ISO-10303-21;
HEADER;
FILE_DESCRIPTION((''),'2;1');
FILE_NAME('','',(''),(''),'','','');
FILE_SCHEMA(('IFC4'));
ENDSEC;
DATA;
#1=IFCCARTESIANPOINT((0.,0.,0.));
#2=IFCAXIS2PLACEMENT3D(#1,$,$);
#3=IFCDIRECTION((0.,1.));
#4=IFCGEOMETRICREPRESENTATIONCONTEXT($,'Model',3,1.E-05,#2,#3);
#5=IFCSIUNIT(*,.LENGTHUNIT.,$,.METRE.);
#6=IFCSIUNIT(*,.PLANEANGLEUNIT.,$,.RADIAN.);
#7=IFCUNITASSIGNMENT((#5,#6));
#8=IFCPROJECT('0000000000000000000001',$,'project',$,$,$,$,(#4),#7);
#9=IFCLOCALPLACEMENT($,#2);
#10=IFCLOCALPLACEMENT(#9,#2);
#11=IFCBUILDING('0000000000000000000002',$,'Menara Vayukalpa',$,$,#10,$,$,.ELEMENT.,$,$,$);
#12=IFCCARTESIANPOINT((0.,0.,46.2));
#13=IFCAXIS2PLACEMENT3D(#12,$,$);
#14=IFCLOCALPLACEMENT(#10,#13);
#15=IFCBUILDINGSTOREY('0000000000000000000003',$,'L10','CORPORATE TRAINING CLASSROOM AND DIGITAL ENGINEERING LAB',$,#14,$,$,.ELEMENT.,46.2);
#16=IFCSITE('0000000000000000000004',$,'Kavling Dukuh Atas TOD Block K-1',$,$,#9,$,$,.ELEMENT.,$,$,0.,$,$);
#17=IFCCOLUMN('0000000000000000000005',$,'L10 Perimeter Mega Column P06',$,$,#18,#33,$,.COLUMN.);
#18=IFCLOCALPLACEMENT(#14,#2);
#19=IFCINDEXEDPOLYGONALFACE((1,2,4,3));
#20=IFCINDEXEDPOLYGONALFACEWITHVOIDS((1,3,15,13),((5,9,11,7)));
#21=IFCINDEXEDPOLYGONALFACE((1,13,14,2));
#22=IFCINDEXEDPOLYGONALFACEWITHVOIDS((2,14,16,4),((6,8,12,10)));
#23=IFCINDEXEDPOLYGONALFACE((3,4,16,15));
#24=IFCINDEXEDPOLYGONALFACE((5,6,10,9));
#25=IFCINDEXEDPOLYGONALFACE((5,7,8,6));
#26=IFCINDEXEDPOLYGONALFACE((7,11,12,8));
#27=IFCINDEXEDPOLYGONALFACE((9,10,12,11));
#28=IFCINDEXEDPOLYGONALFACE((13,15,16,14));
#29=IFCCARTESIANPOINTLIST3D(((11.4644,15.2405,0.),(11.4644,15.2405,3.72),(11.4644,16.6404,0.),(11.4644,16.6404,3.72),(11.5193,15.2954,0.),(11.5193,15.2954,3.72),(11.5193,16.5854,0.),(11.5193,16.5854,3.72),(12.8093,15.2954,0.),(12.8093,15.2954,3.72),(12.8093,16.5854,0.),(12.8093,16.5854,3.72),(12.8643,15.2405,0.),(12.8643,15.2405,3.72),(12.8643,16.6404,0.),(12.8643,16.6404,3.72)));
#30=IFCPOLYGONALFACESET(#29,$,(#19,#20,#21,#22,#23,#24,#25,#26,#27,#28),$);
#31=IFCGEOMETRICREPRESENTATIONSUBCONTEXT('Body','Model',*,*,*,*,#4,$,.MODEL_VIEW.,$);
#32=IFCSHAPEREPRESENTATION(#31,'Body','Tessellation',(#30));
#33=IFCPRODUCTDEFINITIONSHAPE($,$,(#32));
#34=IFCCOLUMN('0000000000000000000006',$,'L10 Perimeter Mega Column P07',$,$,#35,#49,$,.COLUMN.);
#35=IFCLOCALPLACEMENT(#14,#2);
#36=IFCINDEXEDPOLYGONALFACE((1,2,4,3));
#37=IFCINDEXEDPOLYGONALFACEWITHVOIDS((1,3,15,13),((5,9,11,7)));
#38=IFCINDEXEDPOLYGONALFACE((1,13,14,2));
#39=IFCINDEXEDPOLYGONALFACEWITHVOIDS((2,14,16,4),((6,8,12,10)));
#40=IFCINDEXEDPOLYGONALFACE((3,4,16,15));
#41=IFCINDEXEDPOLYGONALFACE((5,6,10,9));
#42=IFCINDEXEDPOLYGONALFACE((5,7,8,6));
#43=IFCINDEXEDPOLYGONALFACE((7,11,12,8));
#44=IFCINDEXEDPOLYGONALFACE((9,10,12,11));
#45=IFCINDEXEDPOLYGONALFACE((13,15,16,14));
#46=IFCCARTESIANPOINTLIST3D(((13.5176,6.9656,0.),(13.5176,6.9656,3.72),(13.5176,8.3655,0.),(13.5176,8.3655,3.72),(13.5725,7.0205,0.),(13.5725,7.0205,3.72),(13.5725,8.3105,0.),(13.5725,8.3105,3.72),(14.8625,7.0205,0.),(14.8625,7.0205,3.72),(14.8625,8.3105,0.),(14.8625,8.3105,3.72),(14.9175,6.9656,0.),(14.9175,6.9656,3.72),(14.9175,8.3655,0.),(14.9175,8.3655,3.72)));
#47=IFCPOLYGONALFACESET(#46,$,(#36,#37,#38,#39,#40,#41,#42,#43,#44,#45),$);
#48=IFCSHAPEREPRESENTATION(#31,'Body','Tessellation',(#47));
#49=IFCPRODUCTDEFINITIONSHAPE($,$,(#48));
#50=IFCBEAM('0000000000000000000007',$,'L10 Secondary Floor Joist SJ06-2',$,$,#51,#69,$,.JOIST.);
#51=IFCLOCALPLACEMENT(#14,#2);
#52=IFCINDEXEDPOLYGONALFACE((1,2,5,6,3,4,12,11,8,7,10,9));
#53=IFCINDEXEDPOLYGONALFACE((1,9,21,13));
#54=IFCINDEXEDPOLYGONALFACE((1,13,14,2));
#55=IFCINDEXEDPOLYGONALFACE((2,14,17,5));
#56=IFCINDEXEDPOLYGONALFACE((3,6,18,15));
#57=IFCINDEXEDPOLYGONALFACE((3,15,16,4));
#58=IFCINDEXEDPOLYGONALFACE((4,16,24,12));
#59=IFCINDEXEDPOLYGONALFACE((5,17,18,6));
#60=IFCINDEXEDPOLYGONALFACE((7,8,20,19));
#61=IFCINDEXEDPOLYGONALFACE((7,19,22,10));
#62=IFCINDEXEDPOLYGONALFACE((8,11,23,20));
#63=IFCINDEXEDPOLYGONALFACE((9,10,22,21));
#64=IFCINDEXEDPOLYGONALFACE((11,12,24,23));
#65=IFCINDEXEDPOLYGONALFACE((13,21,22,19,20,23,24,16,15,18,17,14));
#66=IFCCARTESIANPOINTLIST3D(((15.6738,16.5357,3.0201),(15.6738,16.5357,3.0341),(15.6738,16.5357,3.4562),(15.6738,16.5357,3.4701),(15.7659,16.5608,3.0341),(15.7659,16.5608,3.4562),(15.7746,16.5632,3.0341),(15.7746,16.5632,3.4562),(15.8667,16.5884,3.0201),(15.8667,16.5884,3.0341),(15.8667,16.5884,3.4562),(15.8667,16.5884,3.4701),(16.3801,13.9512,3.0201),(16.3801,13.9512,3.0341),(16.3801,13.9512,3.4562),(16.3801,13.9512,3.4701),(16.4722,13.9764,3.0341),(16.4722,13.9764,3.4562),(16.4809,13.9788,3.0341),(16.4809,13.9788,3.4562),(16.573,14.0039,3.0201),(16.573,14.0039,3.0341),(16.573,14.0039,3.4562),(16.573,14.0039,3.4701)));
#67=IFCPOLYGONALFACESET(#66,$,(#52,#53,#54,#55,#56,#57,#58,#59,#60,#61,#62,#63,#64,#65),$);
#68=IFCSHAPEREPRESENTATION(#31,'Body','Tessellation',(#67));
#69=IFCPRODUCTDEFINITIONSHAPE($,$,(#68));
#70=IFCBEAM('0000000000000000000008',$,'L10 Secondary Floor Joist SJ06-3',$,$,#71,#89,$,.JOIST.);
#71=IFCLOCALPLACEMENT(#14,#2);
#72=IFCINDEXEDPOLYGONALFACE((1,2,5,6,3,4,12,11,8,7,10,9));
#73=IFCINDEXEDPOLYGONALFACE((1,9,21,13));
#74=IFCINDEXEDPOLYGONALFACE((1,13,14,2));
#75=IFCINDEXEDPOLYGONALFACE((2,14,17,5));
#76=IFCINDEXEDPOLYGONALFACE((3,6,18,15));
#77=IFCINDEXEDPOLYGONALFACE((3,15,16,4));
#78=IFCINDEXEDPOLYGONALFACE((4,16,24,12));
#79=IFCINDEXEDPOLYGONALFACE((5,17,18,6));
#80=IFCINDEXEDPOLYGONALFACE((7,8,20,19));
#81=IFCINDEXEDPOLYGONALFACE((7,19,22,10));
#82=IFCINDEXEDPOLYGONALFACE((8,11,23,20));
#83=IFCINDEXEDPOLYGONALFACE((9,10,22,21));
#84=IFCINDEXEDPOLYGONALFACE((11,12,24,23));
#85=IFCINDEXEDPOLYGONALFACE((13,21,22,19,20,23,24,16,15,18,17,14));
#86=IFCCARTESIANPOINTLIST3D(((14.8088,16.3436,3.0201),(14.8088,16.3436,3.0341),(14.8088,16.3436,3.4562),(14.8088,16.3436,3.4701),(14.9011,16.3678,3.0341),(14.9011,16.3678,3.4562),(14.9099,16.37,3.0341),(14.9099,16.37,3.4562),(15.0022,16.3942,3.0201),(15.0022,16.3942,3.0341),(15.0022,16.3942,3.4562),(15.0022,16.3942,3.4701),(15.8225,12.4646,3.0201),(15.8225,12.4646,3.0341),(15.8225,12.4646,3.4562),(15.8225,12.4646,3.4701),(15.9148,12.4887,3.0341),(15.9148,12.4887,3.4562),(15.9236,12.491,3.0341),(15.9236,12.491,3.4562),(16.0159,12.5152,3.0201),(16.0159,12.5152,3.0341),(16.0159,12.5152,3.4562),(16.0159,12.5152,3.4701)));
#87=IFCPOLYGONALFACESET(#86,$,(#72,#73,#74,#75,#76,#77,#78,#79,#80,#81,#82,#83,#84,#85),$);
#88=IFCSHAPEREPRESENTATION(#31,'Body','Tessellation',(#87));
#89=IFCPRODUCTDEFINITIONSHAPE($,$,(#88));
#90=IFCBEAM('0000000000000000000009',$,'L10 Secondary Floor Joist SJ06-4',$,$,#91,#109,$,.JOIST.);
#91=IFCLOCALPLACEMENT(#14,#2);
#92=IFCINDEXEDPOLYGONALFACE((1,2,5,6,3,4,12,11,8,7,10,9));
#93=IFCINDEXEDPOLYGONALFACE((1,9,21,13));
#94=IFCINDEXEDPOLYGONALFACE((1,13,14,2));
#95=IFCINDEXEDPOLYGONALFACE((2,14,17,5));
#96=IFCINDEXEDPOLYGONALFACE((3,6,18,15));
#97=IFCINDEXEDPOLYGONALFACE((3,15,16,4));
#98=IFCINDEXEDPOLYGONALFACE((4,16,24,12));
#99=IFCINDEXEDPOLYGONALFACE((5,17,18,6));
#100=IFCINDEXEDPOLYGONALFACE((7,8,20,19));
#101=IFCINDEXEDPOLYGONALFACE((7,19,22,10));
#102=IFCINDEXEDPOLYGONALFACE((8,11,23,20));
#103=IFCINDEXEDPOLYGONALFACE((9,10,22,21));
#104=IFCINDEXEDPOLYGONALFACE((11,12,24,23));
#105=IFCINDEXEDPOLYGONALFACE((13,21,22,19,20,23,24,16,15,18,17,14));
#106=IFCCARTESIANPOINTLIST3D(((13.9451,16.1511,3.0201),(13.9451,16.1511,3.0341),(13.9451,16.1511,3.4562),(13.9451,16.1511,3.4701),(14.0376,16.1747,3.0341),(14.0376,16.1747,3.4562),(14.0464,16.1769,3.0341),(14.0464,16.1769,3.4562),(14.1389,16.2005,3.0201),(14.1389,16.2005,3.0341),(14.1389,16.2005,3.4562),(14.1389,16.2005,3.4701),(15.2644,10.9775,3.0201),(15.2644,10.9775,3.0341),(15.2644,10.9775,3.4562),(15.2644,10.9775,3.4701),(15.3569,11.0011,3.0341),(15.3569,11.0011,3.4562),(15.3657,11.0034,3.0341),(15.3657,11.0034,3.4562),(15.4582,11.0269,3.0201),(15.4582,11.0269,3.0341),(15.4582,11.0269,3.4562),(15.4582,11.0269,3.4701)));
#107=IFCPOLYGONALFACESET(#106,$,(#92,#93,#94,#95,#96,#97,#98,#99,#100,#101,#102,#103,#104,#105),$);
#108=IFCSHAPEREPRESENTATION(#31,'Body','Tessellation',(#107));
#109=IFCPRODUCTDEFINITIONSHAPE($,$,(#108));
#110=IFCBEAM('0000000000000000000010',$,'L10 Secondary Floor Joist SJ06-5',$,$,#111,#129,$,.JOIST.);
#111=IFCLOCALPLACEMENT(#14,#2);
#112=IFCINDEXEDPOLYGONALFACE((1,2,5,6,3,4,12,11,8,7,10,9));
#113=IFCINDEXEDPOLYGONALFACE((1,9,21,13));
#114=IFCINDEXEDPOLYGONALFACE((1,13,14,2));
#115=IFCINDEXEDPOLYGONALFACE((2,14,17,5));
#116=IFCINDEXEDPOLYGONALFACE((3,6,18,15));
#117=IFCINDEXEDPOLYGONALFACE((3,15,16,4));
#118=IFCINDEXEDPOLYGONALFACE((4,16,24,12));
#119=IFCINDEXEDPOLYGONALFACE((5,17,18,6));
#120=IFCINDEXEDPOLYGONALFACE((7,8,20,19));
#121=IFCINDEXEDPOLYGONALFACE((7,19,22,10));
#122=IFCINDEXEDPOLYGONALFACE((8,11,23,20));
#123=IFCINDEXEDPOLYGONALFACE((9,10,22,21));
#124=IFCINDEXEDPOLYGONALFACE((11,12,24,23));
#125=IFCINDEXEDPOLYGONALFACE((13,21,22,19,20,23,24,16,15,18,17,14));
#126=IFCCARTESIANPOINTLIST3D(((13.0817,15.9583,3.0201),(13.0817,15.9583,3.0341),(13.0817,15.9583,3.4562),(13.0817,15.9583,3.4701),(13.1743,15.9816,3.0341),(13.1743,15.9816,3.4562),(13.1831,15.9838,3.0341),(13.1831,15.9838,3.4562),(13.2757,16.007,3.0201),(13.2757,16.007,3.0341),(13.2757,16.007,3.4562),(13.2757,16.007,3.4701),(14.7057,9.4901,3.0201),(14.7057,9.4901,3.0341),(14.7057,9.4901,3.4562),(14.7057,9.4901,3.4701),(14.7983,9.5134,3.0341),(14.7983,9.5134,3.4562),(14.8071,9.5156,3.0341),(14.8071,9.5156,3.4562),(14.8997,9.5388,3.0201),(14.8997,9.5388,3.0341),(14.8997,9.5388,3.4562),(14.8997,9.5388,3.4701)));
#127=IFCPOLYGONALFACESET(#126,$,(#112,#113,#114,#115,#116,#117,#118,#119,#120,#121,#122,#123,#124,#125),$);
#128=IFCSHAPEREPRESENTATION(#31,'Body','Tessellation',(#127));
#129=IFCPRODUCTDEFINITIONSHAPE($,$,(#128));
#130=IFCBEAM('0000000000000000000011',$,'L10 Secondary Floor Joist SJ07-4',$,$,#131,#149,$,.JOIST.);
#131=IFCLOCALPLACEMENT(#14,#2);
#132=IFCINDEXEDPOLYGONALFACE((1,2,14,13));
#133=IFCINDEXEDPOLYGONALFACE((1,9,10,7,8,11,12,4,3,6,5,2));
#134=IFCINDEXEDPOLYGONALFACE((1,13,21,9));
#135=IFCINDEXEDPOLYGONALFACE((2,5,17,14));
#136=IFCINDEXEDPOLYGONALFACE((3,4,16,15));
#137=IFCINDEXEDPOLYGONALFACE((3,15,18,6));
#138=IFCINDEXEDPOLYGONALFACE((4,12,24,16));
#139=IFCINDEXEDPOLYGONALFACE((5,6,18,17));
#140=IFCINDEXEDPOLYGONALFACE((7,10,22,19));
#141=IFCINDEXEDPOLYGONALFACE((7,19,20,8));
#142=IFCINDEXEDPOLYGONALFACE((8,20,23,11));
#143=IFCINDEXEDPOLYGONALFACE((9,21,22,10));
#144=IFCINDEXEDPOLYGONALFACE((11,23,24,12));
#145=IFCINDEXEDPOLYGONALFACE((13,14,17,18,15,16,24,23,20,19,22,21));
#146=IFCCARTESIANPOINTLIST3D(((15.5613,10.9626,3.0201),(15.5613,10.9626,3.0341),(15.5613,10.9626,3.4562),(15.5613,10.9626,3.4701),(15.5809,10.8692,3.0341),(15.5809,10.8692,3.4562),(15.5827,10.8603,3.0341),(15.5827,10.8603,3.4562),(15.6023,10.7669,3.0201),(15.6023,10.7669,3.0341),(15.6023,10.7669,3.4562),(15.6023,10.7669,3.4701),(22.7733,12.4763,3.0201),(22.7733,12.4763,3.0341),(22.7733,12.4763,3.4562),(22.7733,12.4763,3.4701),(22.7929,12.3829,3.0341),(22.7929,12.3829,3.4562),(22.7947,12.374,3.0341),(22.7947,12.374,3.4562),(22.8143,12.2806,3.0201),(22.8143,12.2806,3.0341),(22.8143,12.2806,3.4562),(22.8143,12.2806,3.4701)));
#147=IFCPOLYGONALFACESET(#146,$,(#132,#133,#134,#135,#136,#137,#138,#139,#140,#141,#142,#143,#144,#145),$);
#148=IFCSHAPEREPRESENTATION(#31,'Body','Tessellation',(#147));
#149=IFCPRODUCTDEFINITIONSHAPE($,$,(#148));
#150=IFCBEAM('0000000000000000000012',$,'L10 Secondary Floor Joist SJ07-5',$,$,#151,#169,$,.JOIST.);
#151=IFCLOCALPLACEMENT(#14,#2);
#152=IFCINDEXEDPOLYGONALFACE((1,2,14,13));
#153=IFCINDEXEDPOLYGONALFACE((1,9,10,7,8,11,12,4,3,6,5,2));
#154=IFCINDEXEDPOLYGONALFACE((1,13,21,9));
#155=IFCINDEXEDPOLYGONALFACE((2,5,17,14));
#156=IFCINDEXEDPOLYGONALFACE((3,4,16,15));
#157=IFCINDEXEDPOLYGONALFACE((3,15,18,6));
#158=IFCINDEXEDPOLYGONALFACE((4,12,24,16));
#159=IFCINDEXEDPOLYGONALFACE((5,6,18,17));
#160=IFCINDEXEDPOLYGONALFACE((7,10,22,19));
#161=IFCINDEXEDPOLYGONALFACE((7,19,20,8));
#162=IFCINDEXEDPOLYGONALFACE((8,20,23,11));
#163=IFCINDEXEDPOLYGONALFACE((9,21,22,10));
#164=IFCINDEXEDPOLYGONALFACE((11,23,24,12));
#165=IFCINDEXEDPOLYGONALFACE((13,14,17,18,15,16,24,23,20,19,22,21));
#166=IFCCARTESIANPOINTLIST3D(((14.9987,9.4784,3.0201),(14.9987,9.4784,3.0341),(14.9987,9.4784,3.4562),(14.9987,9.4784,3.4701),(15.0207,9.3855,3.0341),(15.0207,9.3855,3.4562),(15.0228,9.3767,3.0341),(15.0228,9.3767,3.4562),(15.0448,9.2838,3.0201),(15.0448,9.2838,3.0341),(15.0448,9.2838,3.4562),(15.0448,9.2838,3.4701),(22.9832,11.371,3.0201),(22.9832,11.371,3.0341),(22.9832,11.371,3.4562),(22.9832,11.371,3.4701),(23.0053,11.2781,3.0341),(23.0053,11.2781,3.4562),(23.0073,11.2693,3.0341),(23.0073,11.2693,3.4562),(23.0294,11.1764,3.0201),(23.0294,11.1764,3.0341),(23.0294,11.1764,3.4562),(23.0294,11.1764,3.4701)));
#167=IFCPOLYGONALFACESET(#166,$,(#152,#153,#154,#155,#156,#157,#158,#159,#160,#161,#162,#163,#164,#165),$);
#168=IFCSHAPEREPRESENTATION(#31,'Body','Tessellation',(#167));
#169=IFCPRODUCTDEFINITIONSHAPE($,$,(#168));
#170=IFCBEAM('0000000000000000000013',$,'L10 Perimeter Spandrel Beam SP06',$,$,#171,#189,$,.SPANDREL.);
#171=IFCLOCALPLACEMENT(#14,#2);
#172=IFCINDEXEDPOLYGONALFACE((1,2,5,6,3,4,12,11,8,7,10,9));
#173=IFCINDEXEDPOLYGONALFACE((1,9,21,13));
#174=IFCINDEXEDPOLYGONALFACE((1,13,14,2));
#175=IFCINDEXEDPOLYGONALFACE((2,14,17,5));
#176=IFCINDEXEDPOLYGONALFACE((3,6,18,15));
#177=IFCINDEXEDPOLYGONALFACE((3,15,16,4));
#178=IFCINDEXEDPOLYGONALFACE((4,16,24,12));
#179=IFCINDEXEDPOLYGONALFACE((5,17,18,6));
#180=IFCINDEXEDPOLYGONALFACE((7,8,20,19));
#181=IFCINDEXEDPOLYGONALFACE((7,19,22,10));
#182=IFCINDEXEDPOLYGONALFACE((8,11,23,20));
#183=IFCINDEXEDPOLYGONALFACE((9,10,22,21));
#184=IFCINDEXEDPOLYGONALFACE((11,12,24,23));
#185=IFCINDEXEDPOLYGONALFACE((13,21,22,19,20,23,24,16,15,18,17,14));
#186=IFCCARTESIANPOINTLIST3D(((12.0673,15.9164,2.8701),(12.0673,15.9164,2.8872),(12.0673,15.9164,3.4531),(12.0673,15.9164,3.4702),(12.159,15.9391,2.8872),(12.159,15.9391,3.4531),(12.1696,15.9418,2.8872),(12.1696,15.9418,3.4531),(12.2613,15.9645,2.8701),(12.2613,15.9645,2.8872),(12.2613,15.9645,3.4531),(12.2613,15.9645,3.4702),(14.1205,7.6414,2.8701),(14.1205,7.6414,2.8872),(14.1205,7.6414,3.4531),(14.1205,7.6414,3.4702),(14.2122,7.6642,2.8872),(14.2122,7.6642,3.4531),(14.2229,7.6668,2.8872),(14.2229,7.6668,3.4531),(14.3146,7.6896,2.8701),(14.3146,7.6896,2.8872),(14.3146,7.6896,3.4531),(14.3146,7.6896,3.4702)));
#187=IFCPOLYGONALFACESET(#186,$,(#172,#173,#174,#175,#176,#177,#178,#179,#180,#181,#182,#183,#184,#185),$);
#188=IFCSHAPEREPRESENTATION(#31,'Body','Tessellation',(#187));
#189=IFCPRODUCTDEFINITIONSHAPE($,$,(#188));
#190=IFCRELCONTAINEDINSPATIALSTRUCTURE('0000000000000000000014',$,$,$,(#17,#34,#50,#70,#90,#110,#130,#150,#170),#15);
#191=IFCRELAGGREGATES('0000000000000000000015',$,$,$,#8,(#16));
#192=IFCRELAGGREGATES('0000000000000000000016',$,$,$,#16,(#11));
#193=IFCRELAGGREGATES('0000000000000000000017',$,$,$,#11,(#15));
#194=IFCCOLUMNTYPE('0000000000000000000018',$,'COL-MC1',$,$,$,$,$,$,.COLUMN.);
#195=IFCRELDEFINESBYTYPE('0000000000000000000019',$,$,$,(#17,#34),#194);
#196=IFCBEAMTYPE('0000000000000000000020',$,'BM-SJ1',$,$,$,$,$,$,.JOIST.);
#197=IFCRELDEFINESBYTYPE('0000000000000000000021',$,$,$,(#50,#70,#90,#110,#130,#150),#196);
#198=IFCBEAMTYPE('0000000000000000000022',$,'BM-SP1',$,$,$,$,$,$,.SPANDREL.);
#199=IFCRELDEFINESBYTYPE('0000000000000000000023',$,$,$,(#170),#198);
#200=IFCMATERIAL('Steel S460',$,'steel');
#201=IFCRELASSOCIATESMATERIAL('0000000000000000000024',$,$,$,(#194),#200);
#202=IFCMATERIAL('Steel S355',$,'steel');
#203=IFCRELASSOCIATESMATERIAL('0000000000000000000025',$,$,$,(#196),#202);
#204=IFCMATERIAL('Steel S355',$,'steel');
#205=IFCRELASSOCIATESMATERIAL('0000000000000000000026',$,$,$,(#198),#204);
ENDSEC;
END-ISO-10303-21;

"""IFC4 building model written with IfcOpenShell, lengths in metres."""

from ifc_helpers import new_model, si_unit, direction, frame, origin, origin_2d, place, context, subcontext, project, spatial, hollow_rectangle, i_section, extrude, material, material_profile, profile_set, type_object, element, save


model = new_model("IFC4")

# Units and contexts
model_context = context("Model", 3, precision=1e-05, world=origin(), true_north=direction((0.0, 1.0)))
body_context = subcontext(model_context, "Body", "Model", "MODEL_VIEW")
ifc_project = project(units=[si_unit("LENGTHUNIT", "METRE"), si_unit("PLANEANGLEUNIT", "RADIAN")], contexts=[model_context])

# Site, building, storey
site_placement = place(None, origin())
site = spatial("IfcSite", under=ifc_project, at=site_placement, Name="Kavling Dukuh Atas TOD Block K-1", CompositionType="ELEMENT", RefElevation=0.0)
building_placement = place(site_placement, origin())
building = spatial("IfcBuilding", under=site, at=building_placement, Name="Menara Vayukalpa", CompositionType="ELEMENT")
storey_placement = place(building_placement, frame((0.0, 0.0, 46.2)))
storey = spatial("IfcBuildingStorey", under=building, at=storey_placement, Name="L10", Description="CORPORATE TRAINING CLASSROOM AND DIGITAL ENGINEERING LAB", CompositionType="ELEMENT", Elevation=46.2)

# Columns
ifc_material_1 = material(Name="Steel S460", Category="steel")
ifc_material_profile_1 = material_profile(ifc_material_1, hollow_rectangle(XDim=1.3999, YDim=1.3999, WallThickness=0.0549, at=origin_2d()), Name="BOX 1400x1400x55")
ifc_profile_set_1 = profile_set([ifc_material_profile_1], Name="Steel S460")
column_type = type_object("IfcColumnType", Name="COL-MC1", PredefinedType="COLUMN", material=ifc_profile_set_1)
for number, where, z_axis, x_axis, name in (
    (1, (12.1643, 15.9404, 0.0), (0.0, 0.0, 1.0), (1.0, 0.0, 0.0), "L10 Perimeter Mega Column P06"),
    (2, (14.2175, 7.6655, 0.0), (0.0, 0.0, 1.0), (1.0, 0.0, 0.0), "L10 Perimeter Mega Column P07"),
):
    element("IfcColumn", number, at=place(storey_placement, frame(where, z_axis=z_axis, x_axis=x_axis)), inside=storey, type_object=column_type, Name=name, PredefinedType="COLUMN", context=body_context, shape_type="SweptSolid", body=[
        extrude(hollow_rectangle(XDim=1.3999, YDim=1.3999, WallThickness=0.0549, at=origin_2d()), origin(), (0.0, 0.0, 1.0), 3.72),
    ])

# Beams
ifc_material_2 = material(Name="Steel S355", Category="steel")
ifc_material_profile_2 = material_profile(ifc_material_2, i_section(OverallWidth=0.2, OverallDepth=0.45, WebThickness=0.009, FlangeThickness=0.0139, at=origin_2d()), Name="WF 450x200x9x14")
ifc_profile_set_2 = profile_set([ifc_material_profile_2], Name="Steel S355")
beam_type_1 = type_object("IfcBeamType", Name="BM-SJ1", PredefinedType="JOIST", material=ifc_profile_set_2)
beam_1_placement = place(storey_placement, frame((15.7703, 16.562, 3.2451), z_axis=(0.263619, -0.964627, 0.0), x_axis=(0.964627, 0.263619, 0.0)))
element("IfcBeam", 3, at=beam_1_placement, inside=storey, type_object=beam_type_1, Name="L10 Secondary Floor Joist SJ06-2", PredefinedType="JOIST", context=body_context, shape_type="SweptSolid", body=[
    extrude(i_section(OverallWidth=0.2, OverallDepth=0.45, WebThickness=0.009, FlangeThickness=0.0139, at=origin_2d()), origin(), (0.0, 0.0, 1.0), 2.6792),
])
beam_2_placement = place(storey_placement, frame((14.9055, 16.3689, 3.2451), z_axis=(0.252838, -0.967509, 0.0), x_axis=(0.967509, 0.252838, 0.0)))
element("IfcBeam", 4, at=beam_2_placement, inside=storey, type_object=beam_type_1, Name="L10 Secondary Floor Joist SJ06-3", PredefinedType="JOIST", context=body_context, shape_type="SweptSolid", body=[
    extrude(i_section(OverallWidth=0.2, OverallDepth=0.45, WebThickness=0.009, FlangeThickness=0.0139, at=origin_2d()), origin(), (0.0, 0.0, 1.0), 4.0093),
])
beam_3_placement = place(storey_placement, frame((14.042, 16.1758, 3.2451), z_axis=(0.247106, -0.968989, 0.0), x_axis=(0.968989, 0.247106, 0.0)))
element("IfcBeam", 5, at=beam_3_placement, inside=storey, type_object=beam_type_1, Name="L10 Secondary Floor Joist SJ06-4", PredefinedType="JOIST", context=body_context, shape_type="SweptSolid", body=[
    extrude(i_section(OverallWidth=0.2, OverallDepth=0.45, WebThickness=0.009, FlangeThickness=0.0139, at=origin_2d()), origin(), (0.0, 0.0, 1.0), 5.3391),
])
beam_4_placement = place(storey_placement, frame((13.1787, 15.9827, 3.2451), z_axis=(0.243517, -0.969897, 0.0), x_axis=(0.969897, 0.243517, 0.0)))
element("IfcBeam", 6, at=beam_4_placement, inside=storey, type_object=beam_type_1, Name="L10 Secondary Floor Joist SJ06-5", PredefinedType="JOIST", context=body_context, shape_type="SweptSolid", body=[
    extrude(i_section(OverallWidth=0.2, OverallDepth=0.45, WebThickness=0.009, FlangeThickness=0.0139, at=origin_2d()), origin(), (0.0, 0.0, 1.0), 6.6689),
])
beam_5_placement = place(storey_placement, frame((15.5818, 10.8647, 3.2451), z_axis=(0.978676, 0.205409, 0.0), x_axis=(-0.205409, 0.978676, 0.0)))
element("IfcBeam", 7, at=beam_5_placement, inside=storey, type_object=beam_type_1, Name="L10 Secondary Floor Joist SJ07-4", PredefinedType="JOIST", context=body_context, shape_type="SweptSolid", body=[
    extrude(i_section(OverallWidth=0.2, OverallDepth=0.45, WebThickness=0.009, FlangeThickness=0.0139, at=origin_2d()), origin(), (0.0, 0.0, 1.0), 7.3691),
])
beam_6_placement = place(storey_placement, frame((15.0217, 9.3811, 3.2451), z_axis=(0.97304, 0.230638, 0.0), x_axis=(-0.230638, 0.97304, 0.0)))
element("IfcBeam", 8, at=beam_6_placement, inside=storey, type_object=beam_type_1, Name="L10 Secondary Floor Joist SJ07-5", PredefinedType="JOIST", context=body_context, shape_type="SweptSolid", body=[
    extrude(i_section(OverallWidth=0.2, OverallDepth=0.45, WebThickness=0.009, FlangeThickness=0.0139, at=origin_2d()), origin(), (0.0, 0.0, 1.0), 8.2058),
])
ifc_material_3 = material(Name="Steel S355", Category="steel")
ifc_material_profile_3 = material_profile(ifc_material_3, i_section(OverallWidth=0.2, OverallDepth=0.6001, WebThickness=0.011, FlangeThickness=0.0171, at=origin_2d()), Name="WF 600x200x11x17")
ifc_profile_set_3 = profile_set([ifc_material_profile_3], Name="Steel S355")
beam_type_2 = type_object("IfcBeamType", Name="BM-SP1", PredefinedType="SPANDREL", material=ifc_profile_set_3)
beam_7_placement = place(storey_placement, frame((12.1643, 15.9404, 3.1702), z_axis=(0.240824, -0.970569, 0.0), x_axis=(0.970569, 0.240824, 0.0)))
element("IfcBeam", 9, at=beam_7_placement, inside=storey, type_object=beam_type_2, Name="L10 Perimeter Spandrel Beam SP06", PredefinedType="SPANDREL", context=body_context, shape_type="SweptSolid", body=[
    extrude(i_section(OverallWidth=0.2, OverallDepth=0.6001, WebThickness=0.011, FlangeThickness=0.0171, at=origin_2d()), origin(), (0.0, 0.0, 1.0), 8.5259),
])

save(model, "model.ifc")
